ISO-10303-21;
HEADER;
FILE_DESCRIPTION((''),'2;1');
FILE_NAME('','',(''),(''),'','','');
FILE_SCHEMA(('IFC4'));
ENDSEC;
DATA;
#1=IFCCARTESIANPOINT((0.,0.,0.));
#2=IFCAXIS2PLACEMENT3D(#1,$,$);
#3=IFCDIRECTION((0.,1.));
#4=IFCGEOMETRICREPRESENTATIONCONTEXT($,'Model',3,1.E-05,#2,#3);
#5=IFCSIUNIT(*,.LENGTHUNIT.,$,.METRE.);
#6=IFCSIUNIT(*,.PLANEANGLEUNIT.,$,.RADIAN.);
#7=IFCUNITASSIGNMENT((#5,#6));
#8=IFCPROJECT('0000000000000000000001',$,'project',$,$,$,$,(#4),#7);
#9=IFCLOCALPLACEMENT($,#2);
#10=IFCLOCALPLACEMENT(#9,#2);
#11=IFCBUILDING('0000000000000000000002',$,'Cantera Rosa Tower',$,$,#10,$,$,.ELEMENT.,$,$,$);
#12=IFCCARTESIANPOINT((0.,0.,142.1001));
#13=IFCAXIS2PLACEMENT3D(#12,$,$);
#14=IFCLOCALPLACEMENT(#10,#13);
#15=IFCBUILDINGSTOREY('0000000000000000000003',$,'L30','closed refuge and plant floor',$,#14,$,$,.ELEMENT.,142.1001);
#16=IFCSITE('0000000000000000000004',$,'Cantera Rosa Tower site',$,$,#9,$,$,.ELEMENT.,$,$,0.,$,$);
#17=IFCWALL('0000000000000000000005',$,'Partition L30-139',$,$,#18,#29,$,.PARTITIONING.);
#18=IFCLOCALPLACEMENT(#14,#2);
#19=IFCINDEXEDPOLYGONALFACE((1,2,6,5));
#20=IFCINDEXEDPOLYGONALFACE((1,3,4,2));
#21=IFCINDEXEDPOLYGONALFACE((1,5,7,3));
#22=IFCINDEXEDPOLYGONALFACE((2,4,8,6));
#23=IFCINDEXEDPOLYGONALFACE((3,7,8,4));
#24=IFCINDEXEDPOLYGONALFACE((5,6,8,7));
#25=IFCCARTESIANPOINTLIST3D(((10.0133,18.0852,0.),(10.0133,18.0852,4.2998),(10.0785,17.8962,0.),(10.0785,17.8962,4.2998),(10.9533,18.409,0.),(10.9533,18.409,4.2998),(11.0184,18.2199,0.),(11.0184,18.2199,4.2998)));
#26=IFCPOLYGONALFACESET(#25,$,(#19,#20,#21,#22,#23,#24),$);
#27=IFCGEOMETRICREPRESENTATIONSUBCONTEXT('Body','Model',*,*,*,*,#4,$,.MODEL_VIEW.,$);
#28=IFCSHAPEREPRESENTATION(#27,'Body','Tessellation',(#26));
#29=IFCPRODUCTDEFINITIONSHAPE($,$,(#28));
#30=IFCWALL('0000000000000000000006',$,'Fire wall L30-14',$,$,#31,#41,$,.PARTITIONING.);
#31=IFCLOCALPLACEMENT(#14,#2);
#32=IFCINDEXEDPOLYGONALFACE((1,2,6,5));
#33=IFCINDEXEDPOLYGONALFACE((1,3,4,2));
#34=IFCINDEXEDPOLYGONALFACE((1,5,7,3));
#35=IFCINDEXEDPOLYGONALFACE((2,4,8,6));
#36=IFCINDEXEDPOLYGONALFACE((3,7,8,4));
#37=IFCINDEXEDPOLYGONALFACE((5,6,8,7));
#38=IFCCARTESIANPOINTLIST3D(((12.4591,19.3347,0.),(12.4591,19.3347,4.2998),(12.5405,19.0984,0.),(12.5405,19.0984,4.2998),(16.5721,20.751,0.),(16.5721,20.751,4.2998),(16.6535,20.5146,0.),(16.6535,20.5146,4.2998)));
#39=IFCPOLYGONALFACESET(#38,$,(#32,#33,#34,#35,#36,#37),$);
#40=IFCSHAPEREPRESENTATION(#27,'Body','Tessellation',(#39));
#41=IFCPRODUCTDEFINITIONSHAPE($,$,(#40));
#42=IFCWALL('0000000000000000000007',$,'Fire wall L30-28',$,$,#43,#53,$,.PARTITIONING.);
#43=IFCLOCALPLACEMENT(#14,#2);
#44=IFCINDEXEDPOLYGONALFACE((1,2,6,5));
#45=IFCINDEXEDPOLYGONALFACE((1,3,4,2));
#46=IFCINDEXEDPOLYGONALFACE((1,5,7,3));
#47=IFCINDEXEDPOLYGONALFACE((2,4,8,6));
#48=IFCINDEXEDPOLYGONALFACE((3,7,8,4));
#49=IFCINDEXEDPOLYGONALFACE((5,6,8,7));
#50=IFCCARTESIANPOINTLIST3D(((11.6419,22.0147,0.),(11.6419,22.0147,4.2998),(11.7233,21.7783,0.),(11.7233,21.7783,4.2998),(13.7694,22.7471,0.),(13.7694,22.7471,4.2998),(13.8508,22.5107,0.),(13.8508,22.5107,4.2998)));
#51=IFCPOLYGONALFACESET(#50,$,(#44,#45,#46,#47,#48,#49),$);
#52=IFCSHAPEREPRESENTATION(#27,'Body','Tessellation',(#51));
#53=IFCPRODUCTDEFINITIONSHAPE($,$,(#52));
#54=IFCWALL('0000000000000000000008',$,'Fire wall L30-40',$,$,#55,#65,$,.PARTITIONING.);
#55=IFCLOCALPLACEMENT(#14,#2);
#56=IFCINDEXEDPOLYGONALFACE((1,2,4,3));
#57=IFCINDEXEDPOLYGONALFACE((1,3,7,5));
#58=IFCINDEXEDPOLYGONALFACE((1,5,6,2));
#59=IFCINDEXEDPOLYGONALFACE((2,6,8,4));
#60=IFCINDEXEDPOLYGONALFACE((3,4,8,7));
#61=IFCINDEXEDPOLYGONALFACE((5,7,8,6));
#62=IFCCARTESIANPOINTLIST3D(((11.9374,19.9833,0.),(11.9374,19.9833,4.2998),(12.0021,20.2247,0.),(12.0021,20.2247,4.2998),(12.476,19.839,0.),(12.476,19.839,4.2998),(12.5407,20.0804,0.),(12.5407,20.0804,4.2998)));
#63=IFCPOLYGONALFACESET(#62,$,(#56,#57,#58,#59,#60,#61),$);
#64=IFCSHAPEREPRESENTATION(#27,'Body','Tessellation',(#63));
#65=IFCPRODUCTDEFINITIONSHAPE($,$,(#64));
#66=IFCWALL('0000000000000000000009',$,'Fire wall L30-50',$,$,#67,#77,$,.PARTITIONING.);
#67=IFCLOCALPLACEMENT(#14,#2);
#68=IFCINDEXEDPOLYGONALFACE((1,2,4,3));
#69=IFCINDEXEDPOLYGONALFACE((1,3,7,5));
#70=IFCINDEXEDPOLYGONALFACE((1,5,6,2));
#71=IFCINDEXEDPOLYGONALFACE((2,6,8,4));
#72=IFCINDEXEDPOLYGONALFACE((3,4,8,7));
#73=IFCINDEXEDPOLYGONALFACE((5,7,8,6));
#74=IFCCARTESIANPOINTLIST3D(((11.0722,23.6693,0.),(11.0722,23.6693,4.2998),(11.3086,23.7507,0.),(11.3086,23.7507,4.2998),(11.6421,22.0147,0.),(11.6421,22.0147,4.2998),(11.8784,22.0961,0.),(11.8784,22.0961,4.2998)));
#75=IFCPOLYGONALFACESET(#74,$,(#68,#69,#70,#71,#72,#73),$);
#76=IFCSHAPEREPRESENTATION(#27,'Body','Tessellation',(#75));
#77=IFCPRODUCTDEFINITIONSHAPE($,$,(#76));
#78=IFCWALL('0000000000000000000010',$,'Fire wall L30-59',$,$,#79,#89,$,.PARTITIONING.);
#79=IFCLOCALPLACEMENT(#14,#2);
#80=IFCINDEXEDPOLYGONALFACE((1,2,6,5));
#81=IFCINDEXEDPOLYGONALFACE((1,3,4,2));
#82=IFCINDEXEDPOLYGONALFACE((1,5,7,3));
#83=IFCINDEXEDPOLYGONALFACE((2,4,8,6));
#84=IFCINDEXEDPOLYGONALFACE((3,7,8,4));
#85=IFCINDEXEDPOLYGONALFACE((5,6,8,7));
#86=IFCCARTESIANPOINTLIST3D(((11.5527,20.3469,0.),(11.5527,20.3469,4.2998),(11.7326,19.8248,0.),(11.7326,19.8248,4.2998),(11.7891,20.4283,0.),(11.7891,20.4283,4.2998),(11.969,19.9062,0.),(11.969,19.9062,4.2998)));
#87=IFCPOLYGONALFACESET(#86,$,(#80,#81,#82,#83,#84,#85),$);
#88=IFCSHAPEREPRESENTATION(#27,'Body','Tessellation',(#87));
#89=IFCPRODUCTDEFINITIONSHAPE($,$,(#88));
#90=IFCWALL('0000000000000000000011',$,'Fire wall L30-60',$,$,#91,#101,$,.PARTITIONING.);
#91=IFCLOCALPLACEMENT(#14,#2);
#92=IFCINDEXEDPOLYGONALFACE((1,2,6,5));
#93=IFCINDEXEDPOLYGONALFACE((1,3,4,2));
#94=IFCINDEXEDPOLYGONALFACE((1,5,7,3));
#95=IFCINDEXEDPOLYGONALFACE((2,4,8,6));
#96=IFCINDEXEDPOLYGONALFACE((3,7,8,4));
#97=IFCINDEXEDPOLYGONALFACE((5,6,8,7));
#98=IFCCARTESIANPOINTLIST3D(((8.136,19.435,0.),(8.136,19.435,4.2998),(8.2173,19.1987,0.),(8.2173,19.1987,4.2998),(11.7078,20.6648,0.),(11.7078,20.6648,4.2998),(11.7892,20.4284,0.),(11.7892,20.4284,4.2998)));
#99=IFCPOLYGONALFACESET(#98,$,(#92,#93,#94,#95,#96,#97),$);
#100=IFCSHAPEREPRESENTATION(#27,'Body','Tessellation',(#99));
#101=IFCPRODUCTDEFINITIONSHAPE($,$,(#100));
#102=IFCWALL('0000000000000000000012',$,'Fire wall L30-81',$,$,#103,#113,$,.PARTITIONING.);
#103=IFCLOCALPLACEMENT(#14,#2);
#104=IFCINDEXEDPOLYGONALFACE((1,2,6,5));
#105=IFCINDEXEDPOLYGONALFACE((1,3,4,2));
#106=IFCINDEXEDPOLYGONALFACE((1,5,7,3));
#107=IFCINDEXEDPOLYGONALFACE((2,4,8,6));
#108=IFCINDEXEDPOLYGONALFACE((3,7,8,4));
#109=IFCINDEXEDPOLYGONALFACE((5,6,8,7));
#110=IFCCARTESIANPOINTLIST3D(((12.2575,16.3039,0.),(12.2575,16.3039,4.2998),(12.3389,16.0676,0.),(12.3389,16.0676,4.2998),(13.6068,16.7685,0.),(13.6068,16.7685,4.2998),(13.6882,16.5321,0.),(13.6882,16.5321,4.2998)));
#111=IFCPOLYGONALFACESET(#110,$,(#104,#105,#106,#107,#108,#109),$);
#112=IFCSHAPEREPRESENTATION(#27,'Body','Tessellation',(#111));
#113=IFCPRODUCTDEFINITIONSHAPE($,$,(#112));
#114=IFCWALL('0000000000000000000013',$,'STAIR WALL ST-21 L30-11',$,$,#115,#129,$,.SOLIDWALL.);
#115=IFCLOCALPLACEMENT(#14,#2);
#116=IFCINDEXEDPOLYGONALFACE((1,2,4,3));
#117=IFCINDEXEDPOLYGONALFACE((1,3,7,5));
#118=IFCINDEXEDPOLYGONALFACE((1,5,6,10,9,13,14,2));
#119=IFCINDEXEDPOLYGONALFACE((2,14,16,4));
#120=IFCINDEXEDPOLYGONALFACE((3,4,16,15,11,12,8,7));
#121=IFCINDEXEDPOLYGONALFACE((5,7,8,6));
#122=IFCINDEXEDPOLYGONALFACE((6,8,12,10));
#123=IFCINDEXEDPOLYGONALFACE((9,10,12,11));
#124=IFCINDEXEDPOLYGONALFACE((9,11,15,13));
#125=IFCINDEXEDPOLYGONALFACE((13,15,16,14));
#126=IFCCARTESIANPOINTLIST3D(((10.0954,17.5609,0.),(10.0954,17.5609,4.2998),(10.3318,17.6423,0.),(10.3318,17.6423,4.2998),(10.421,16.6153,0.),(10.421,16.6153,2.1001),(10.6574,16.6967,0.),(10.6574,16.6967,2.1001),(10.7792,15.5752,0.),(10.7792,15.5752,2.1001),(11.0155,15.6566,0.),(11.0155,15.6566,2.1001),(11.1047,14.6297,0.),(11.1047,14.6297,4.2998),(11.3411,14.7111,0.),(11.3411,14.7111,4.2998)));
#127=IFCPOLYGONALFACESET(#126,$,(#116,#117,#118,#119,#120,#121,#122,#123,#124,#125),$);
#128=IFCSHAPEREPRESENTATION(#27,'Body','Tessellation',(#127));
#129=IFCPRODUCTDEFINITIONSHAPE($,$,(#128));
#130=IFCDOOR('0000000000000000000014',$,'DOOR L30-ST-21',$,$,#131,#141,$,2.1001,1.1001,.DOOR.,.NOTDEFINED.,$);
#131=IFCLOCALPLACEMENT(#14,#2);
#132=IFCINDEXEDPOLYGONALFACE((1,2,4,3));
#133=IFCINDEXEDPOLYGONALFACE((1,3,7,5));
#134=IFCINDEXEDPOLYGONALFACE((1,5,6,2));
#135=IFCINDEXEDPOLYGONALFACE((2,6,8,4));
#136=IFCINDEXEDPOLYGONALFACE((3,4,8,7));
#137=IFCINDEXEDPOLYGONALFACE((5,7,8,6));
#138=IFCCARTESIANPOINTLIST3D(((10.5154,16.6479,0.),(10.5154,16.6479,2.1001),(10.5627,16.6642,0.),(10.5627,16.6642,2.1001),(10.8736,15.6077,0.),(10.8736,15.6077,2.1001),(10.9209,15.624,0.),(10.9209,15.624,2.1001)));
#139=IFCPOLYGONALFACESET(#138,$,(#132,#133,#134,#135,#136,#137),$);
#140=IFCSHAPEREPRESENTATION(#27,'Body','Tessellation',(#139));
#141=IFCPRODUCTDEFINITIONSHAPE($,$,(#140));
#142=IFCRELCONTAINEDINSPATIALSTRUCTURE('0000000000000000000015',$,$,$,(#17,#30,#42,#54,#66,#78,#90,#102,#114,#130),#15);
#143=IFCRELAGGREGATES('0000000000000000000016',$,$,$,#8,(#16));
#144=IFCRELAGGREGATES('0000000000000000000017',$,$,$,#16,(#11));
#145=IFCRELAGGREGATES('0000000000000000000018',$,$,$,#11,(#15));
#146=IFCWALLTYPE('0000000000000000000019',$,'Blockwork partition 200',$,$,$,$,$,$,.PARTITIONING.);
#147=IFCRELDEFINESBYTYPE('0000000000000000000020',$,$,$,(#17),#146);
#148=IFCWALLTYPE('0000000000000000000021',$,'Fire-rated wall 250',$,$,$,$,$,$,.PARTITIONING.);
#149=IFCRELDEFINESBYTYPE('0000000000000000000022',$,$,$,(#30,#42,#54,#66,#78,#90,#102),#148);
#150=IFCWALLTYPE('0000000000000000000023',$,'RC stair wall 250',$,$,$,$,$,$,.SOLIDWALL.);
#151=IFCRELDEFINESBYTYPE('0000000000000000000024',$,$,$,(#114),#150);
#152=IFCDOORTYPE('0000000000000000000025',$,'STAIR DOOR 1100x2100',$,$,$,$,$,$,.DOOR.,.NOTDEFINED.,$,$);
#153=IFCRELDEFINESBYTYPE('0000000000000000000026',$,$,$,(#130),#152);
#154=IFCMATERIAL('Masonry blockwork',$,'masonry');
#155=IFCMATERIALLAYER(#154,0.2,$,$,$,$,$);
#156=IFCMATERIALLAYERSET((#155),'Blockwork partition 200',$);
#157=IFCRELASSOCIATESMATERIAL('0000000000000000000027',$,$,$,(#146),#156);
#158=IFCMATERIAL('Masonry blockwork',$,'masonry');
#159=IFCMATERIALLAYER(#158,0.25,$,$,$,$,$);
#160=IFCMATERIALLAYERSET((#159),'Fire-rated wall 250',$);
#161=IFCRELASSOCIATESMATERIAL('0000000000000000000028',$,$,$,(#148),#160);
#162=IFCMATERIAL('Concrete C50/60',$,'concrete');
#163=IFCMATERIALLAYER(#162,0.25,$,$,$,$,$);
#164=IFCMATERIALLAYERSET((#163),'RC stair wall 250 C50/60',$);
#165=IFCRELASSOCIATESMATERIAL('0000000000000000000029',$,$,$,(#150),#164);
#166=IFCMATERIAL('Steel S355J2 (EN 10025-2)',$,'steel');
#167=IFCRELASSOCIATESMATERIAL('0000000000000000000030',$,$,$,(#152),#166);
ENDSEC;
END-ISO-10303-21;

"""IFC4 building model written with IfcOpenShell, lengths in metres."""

from ifc_helpers import new_model, si_unit, direction, frame, frame_2d, origin, place, context, subcontext, project, spatial, rectangle, extrude, material, layer, layer_set, type_object, element, fill, save


model = new_model("IFC4")

# Units and contexts
model_context = context("Model", 3, precision=1e-05, world=origin(), true_north=direction((0.0, 1.0)))
body_context = subcontext(model_context, "Body", "Model", "MODEL_VIEW")
ifc_project = project(units=[si_unit("LENGTHUNIT", "METRE"), si_unit("PLANEANGLEUNIT", "RADIAN")], contexts=[model_context])

# Site, building, storey
site_placement = place(None, origin())
site = spatial("IfcSite", under=ifc_project, at=site_placement, Name="Cantera Rosa Tower site", CompositionType="ELEMENT", RefElevation=0.0)
building_placement = place(site_placement, origin())
building = spatial("IfcBuilding", under=site, at=building_placement, Name="Cantera Rosa Tower", CompositionType="ELEMENT")
storey_placement = place(building_placement, frame((0.0, 0.0, 142.1001)))
storey = spatial("IfcBuildingStorey", under=building, at=storey_placement, Name="L30", Description="closed refuge and plant floor", CompositionType="ELEMENT", Elevation=142.1001)

# Walls
ifc_material_1 = material(Name="Masonry blockwork", Category="masonry")
ifc_layer_1 = layer(ifc_material_1, 0.2)
ifc_layer_set_1 = layer_set([ifc_layer_1], Name="Blockwork partition 200")
wall_type_1 = type_object("IfcWallType", Name="Blockwork partition 200", PredefinedType="PARTITIONING", material=ifc_layer_set_1)
wall_1_placement = place(storey_placement, frame((10.0459, 17.9907, 0.0), z_axis=(0.0, 0.0, 1.0), x_axis=(0.945493, 0.325643, 0.0)))
element("IfcWall", 1, at=wall_1_placement, inside=storey, type_object=wall_type_1, Name="Partition L30-139", PredefinedType="PARTITIONING", context=body_context, shape_type="SweptSolid", body=[
    extrude(rectangle(XDim=0.9941, YDim=0.2, at=frame_2d((0.4971, 0.0))), origin(), (0.0, 0.0, 1.0), 4.2998),
])
ifc_material_2 = material(Name="Masonry blockwork", Category="masonry")
ifc_layer_2 = layer(ifc_material_2, 0.25)
ifc_layer_set_2 = layer_set([ifc_layer_2], Name="Fire-rated wall 250")
wall_type_2 = type_object("IfcWallType", Name="Fire-rated wall 250", PredefinedType="PARTITIONING", material=ifc_layer_set_2)
wall_2_placement = place(storey_placement, frame((12.4998, 19.2166, 0.0), z_axis=(0.0, 0.0, 1.0), x_axis=(0.945517, 0.325574, 0.0)))
element("IfcWall", 2, at=wall_2_placement, inside=storey, type_object=wall_type_2, Name="Fire wall L30-14", PredefinedType="PARTITIONING", context=body_context, shape_type="SweptSolid", body=[
    extrude(rectangle(XDim=4.3501, YDim=0.25, at=frame_2d((2.175, 0.0))), origin(), (0.0, 0.0, 1.0), 4.2998),
])
wall_3_placement = place(storey_placement, frame((11.6826, 21.8965, 0.0), z_axis=(0.0, 0.0, 1.0), x_axis=(0.945534, 0.325522, 0.0)))
element("IfcWall", 3, at=wall_3_placement, inside=storey, type_object=wall_type_2, Name="Fire wall L30-28", PredefinedType="PARTITIONING", context=body_context, shape_type="SweptSolid", body=[
    extrude(rectangle(XDim=2.25, YDim=0.25, at=frame_2d((1.125, 0.0))), origin(), (0.0, 0.0, 1.0), 4.2998),
])
wall_4_placement = place(storey_placement, frame((11.9697, 20.104, 0.0), z_axis=(0.0, 0.0, 1.0), x_axis=(0.965936, -0.25878, 0.0)))
element("IfcWall", 4, at=wall_4_placement, inside=storey, type_object=wall_type_2, Name="Fire wall L30-40", PredefinedType="PARTITIONING", context=body_context, shape_type="SweptSolid", body=[
    extrude(rectangle(XDim=0.5576, YDim=0.25, at=frame_2d((0.2788, 0.0))), origin(), (0.0, 0.0, 1.0), 4.2998),
])
wall_5_placement = place(storey_placement, frame((11.7603, 22.0554, 0.0), z_axis=(0.0, 0.0, 1.0), x_axis=(-0.325629, 0.945497, 0.0)))
element("IfcWall", 5, at=wall_5_placement, inside=storey, type_object=wall_type_2, Name="Fire wall L30-50", PredefinedType="PARTITIONING", context=body_context, shape_type="SweptSolid", body=[
    extrude(rectangle(XDim=1.75, YDim=0.25, at=frame_2d((0.875, 0.0))), origin(), (0.0, 0.0, 1.0), 4.2998),
])
wall_6_placement = place(storey_placement, frame((11.8508, 19.8655, 0.0), z_axis=(0.0, 0.0, 1.0), x_axis=(-0.325759, 0.945453, 0.0)))
element("IfcWall", 6, at=wall_6_placement, inside=storey, type_object=wall_type_2, Name="Fire wall L30-59", PredefinedType="PARTITIONING", context=body_context, shape_type="SweptSolid", body=[
    extrude(rectangle(XDim=0.5522, YDim=0.25, at=frame_2d((0.2761, 0.0))), origin(), (0.0, 0.0, 1.0), 4.2998),
])
wall_7_placement = place(storey_placement, frame((8.1768, 19.3169, 0.0), z_axis=(0.0, 0.0, 1.0), x_axis=(0.945529, 0.325539, 0.0)))
element("IfcWall", 7, at=wall_7_placement, inside=storey, type_object=wall_type_2, Name="Fire wall L30-60", PredefinedType="PARTITIONING", context=body_context, shape_type="SweptSolid", body=[
    extrude(rectangle(XDim=3.7776, YDim=0.25, at=frame_2d((1.8887, 0.0))), origin(), (0.0, 0.0, 1.0), 4.2998),
])
wall_8_placement = place(storey_placement, frame((12.2983, 16.1858, 0.0), z_axis=(0.0, 0.0, 1.0), x_axis=(0.945524, 0.325553, 0.0)))
element("IfcWall", 8, at=wall_8_placement, inside=storey, type_object=wall_type_2, Name="Fire wall L30-81", PredefinedType="PARTITIONING", context=body_context, shape_type="SweptSolid", body=[
    extrude(rectangle(XDim=1.427, YDim=0.25, at=frame_2d((0.7134, 0.0))), origin(), (0.0, 0.0, 1.0), 4.2998),
])

# Wall, opening, door
ifc_material_3 = material(Name="Concrete C50/60", Category="concrete")
ifc_layer_3 = layer(ifc_material_3, 0.25)
ifc_layer_set_3 = layer_set([ifc_layer_3], Name="RC stair wall 250 C50/60")
wall_type_3 = type_object("IfcWallType", Name="RC stair wall 250", PredefinedType="SOLIDWALL", material=ifc_layer_set_3)
wall_9_placement = place(storey_placement, frame((10.2136, 17.6016, 0.0), z_axis=(0.0, 0.0, 1.0), x_axis=(0.325568, -0.945519, 0.0)))
wall_9 = element("IfcWall", 9, at=wall_9_placement, inside=storey, type_object=wall_type_3, Name="STAIR WALL ST-21 L30-11", PredefinedType="SOLIDWALL", context=body_context, shape_type="SweptSolid", body=[
    extrude(rectangle(XDim=3.1001, YDim=0.25, at=frame_2d((1.55, 0.0))), origin(), (0.0, 0.0, 1.0), 4.2998),
])
opening_placement = place(wall_9_placement, frame((1.0, 0.0, 0.0)))
opening = element("IfcOpeningElement", 10, at=opening_placement, cuts=wall_9, PredefinedType="OPENING", context=body_context, shape_type="SweptSolid", body=[
    extrude(rectangle(XDim=1.1001, YDim=2.1001, at=frame_2d((0.55, 1.05))), frame((0.0, 0.135, 0.0), z_axis=(0.0, -1.0, 0.0), x_axis=(1.0, 0.0, 0.0)), (0.0, 0.0, 1.0), 0.27),
])
ifc_material_4 = material(Name="Steel S355J2 (EN 10025-2)", Category="steel")
door_type = type_object("IfcDoorType", Name="STAIR DOOR 1100x2100", OperationType="NOTDEFINED", PredefinedType="DOOR", material=ifc_material_4)
door_placement = place(opening_placement, origin())
door = element("IfcDoor", 11, at=door_placement, inside=storey, type_object=door_type, Name="DOOR L30-ST-21", OperationType="NOTDEFINED", OverallHeight=2.1001, OverallWidth=1.1001, PredefinedType="DOOR", context=body_context, shape_type="SweptSolid", body=[
    extrude(rectangle(XDim=1.1001, YDim=2.1001, at=frame_2d((0.55, 1.05))), frame((0.0, 0.0249, 0.0), z_axis=(0.0, -1.0, 0.0), x_axis=(1.0, 0.0, 0.0)), (0.0, 0.0, 1.0), 0.05),
])
fill(opening, door)

save(model, "model.ifc")
